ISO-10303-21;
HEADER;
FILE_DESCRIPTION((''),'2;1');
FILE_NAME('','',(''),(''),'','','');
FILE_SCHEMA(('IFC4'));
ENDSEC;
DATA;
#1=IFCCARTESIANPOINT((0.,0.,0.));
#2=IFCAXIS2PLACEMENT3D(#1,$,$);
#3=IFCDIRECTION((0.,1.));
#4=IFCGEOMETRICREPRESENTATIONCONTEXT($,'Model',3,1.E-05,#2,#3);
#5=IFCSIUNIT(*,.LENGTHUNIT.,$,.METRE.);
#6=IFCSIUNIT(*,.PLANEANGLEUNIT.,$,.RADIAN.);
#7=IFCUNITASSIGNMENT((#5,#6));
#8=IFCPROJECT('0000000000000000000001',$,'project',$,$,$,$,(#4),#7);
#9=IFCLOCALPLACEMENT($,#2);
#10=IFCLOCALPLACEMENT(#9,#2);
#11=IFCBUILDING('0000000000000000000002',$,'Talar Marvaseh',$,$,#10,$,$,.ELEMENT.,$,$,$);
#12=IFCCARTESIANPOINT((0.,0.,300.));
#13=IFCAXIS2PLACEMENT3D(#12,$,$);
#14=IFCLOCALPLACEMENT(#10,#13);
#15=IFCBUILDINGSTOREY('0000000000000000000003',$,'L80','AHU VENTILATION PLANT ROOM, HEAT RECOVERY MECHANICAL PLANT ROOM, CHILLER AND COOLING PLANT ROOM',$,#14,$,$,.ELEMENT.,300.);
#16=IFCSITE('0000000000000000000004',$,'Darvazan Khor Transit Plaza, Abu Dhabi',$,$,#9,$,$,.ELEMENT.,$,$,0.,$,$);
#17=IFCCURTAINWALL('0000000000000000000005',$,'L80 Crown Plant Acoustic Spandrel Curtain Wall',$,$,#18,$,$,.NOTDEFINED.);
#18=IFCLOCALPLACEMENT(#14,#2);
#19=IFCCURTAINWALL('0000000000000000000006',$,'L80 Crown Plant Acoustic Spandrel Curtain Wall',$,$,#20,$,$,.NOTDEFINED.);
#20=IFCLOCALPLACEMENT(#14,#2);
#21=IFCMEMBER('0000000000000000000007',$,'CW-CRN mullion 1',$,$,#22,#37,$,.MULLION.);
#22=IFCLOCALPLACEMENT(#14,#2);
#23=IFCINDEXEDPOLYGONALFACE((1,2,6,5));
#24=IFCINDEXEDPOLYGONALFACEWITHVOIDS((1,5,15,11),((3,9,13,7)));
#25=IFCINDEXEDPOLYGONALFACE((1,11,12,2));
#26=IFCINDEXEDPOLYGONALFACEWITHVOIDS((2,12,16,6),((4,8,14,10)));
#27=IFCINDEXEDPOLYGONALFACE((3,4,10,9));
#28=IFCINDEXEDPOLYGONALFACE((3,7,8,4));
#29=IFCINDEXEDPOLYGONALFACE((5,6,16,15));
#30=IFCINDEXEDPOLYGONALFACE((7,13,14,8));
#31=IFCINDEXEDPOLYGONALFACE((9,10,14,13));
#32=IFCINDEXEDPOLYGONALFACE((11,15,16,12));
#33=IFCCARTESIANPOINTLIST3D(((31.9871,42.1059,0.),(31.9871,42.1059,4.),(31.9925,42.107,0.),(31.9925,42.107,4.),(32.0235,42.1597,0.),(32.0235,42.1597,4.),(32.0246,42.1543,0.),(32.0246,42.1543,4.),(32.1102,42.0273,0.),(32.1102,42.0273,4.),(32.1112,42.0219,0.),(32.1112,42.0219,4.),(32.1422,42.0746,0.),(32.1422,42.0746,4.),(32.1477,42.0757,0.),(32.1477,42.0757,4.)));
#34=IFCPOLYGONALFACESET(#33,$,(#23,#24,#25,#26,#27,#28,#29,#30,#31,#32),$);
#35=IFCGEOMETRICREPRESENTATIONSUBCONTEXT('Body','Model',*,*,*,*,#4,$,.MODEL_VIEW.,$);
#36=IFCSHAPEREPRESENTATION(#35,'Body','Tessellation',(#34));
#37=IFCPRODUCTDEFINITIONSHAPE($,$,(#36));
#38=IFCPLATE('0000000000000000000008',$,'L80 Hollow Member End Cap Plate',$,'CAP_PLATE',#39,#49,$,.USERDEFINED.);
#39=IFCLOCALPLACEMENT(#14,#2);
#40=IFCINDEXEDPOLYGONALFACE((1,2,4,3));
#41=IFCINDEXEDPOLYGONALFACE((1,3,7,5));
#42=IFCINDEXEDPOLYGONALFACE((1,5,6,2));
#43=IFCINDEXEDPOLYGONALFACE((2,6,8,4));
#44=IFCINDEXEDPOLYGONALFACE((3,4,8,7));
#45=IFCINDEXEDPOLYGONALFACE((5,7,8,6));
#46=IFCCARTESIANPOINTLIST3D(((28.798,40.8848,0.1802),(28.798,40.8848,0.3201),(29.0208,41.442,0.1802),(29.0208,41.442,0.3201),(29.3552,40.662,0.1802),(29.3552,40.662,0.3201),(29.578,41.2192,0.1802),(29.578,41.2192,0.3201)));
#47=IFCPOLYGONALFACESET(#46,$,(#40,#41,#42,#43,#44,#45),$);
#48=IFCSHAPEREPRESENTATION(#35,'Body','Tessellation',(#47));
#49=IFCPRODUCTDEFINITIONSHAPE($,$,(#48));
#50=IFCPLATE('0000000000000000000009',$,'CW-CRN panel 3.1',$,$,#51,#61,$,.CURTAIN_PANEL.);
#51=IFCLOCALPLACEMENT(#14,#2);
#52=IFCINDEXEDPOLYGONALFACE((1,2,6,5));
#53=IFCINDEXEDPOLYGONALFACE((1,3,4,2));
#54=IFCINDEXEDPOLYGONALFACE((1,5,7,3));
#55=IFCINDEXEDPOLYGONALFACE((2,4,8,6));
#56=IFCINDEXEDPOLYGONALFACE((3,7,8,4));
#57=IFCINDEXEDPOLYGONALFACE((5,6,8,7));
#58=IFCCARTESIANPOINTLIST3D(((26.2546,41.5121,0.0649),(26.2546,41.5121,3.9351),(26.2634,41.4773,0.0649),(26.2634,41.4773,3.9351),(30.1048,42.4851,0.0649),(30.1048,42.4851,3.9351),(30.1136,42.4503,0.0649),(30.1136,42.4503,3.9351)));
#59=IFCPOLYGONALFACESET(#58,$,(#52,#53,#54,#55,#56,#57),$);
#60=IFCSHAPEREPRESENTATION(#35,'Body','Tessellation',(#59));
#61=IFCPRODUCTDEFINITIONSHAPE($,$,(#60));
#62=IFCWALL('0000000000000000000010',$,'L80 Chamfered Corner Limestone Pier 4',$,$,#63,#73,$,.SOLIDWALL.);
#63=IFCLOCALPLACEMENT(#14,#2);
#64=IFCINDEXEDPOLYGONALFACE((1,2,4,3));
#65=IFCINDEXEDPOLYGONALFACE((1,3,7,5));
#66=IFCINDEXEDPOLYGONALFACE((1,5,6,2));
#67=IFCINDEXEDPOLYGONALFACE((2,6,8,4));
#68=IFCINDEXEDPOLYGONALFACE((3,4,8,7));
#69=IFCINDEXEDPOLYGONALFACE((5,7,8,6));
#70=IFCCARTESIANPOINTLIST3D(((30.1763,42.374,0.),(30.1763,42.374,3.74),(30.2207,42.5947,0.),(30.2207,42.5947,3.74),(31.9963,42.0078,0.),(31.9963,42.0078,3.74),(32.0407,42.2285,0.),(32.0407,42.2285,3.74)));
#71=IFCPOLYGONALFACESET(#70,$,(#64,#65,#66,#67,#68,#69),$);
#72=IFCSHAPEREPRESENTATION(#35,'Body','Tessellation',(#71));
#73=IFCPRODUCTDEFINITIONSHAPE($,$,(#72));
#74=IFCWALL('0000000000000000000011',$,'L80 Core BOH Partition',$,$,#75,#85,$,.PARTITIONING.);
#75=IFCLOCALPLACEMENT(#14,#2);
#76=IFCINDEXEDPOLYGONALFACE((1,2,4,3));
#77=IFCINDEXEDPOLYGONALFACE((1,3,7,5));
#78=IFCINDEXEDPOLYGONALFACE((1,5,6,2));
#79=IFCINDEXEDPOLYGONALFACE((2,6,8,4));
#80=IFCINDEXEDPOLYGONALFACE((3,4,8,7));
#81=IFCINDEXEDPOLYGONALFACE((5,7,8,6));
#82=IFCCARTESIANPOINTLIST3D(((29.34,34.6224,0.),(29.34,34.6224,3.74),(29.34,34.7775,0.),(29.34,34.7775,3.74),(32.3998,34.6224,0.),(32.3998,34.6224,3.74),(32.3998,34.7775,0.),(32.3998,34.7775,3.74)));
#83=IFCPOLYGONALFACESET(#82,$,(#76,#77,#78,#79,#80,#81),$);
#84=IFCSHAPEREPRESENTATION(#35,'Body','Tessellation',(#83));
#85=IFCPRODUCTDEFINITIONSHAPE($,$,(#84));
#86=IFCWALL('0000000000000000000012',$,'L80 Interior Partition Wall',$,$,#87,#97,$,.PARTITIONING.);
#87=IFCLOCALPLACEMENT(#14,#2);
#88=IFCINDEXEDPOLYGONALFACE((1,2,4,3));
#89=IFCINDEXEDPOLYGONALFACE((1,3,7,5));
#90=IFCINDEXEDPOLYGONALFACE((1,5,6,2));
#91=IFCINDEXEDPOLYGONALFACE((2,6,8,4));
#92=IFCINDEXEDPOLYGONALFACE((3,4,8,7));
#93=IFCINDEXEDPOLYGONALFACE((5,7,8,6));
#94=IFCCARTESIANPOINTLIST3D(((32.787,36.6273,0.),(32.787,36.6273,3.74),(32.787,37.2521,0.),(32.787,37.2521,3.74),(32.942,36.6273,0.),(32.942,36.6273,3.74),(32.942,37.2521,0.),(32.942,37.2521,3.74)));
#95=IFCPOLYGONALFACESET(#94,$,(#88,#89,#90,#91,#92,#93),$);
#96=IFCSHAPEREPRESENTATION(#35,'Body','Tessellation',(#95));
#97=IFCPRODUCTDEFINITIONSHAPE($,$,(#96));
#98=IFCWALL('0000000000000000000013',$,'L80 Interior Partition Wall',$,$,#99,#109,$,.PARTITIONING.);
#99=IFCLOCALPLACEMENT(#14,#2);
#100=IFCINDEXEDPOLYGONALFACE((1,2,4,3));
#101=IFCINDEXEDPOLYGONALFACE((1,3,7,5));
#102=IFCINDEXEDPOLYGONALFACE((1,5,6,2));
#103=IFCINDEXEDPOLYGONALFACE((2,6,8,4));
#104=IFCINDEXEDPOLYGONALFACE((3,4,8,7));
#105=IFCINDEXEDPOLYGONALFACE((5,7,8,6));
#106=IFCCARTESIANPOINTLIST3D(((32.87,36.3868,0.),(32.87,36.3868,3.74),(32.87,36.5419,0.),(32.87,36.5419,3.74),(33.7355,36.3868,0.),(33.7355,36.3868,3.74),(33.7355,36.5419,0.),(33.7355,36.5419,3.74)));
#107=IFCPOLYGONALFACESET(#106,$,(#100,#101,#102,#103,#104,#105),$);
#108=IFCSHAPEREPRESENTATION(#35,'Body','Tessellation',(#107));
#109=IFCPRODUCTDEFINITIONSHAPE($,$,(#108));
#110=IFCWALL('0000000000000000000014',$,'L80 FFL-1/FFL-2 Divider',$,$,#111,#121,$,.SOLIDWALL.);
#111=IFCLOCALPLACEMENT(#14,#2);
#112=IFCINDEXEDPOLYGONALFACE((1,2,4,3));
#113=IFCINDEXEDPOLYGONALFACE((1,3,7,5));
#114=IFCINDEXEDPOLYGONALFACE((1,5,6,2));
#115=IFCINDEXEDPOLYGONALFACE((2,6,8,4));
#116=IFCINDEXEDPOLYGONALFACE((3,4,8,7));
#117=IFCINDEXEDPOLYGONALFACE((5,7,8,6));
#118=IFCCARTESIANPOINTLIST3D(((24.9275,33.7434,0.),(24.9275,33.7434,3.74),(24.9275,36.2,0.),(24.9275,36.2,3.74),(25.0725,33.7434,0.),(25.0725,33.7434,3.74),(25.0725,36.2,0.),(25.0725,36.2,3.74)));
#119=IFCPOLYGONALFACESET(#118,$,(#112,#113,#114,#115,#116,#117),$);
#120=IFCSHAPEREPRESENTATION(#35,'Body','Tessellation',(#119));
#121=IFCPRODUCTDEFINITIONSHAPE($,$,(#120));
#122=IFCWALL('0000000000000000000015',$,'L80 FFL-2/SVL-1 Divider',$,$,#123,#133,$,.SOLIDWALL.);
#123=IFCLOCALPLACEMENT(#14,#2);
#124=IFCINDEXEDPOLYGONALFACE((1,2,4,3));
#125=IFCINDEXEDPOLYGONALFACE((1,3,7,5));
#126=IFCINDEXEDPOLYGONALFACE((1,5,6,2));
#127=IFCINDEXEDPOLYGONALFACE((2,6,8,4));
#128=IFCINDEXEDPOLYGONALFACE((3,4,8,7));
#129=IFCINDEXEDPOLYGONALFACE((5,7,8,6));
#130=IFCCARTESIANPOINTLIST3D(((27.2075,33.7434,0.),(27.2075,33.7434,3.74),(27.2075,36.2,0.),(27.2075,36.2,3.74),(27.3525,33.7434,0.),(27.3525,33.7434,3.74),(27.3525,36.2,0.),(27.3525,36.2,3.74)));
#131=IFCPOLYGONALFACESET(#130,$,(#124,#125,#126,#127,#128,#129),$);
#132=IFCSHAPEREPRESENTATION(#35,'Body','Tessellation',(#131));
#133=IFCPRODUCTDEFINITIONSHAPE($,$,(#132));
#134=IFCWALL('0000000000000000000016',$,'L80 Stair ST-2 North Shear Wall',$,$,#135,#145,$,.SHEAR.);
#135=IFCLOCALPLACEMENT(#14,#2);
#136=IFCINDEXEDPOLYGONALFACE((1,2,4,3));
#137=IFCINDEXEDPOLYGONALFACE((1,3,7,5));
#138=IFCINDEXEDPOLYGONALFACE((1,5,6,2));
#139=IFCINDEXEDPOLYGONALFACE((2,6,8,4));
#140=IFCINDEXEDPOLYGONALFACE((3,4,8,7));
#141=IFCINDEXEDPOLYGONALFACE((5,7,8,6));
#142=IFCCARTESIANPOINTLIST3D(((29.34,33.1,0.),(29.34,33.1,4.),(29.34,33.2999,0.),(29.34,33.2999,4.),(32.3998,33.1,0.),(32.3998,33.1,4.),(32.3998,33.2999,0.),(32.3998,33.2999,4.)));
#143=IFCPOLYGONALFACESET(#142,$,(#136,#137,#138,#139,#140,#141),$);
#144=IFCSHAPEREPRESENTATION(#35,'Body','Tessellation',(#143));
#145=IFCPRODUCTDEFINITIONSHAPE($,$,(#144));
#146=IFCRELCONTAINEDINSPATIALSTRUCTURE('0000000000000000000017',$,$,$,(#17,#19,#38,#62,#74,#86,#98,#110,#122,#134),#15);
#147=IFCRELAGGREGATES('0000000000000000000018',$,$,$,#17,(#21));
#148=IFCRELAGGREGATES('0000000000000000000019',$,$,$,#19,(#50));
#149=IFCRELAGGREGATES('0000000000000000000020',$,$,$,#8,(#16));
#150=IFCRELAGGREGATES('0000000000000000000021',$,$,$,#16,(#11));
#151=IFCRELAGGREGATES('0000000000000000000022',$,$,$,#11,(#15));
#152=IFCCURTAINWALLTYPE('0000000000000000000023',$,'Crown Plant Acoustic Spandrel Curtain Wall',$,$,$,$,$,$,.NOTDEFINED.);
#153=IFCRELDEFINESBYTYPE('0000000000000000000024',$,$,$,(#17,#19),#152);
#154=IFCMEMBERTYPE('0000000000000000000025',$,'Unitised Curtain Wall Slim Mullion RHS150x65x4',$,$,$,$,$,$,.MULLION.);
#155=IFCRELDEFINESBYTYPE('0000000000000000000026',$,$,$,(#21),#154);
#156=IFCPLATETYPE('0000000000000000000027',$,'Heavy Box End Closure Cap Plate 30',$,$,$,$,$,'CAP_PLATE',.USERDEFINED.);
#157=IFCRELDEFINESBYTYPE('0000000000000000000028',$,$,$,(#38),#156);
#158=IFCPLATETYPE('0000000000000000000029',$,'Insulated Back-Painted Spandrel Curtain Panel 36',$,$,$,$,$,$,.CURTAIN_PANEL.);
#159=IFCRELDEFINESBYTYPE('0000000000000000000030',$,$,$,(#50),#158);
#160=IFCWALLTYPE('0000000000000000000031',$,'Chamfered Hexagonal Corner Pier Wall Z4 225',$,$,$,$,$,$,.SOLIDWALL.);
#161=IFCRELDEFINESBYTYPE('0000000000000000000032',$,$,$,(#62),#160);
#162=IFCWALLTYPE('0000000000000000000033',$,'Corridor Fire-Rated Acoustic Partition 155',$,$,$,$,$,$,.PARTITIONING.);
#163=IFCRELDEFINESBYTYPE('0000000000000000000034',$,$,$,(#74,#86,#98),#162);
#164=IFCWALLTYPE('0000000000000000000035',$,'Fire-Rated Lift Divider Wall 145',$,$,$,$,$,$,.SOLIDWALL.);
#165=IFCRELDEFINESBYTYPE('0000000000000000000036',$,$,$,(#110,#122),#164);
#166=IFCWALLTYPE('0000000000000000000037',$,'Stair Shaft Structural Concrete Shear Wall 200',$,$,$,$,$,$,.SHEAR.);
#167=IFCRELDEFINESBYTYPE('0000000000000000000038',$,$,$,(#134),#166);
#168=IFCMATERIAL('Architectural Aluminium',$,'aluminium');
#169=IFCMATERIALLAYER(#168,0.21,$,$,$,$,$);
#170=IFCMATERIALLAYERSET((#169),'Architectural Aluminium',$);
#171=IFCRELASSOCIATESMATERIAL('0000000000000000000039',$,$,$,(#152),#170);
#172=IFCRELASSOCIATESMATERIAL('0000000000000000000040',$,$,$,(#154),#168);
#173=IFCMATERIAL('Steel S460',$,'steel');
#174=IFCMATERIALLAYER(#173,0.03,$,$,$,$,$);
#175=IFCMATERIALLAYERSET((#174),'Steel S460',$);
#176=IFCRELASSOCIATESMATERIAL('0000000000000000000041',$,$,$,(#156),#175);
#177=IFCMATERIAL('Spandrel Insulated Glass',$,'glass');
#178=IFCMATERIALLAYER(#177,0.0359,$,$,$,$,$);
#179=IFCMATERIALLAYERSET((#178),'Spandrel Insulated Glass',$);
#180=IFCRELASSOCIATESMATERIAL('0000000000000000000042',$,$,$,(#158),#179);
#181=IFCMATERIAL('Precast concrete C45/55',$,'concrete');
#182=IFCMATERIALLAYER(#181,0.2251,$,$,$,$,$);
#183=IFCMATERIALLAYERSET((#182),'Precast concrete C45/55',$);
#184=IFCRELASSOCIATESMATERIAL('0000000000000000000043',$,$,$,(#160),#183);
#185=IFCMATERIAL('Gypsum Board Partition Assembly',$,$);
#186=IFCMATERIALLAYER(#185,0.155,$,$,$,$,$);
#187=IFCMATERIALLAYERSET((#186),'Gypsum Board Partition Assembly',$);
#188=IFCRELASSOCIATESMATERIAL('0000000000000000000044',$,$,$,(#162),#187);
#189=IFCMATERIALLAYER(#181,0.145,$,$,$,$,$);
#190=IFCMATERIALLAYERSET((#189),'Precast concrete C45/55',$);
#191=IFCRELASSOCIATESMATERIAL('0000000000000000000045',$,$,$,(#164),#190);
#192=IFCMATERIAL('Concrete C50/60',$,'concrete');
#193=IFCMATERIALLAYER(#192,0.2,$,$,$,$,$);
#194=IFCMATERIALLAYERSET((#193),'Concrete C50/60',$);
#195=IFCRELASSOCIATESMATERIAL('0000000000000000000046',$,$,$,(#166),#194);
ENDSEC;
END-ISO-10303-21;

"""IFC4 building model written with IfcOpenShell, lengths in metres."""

from ifc_helpers import new_model, si_unit, direction, frame, frame_2d, origin, origin_2d, place, context, subcontext, project, spatial, rectangle, hollow_rectangle, extrude, source, transform, mapped, material, layer, layer_set, material_profile, profile_set, type_object, type_shapes, element, aggregate, save


model = new_model("IFC4")

# Units and contexts
model_context = context("Model", 3, precision=1e-05, world=origin(), true_north=direction((0.0, 1.0)))
body_context = subcontext(model_context, "Body", "Model", "MODEL_VIEW")
ifc_project = project(units=[si_unit("LENGTHUNIT", "METRE"), si_unit("PLANEANGLEUNIT", "RADIAN")], contexts=[model_context])

# Site, building, storey
site_placement = place(None, origin())
site = spatial("IfcSite", under=ifc_project, at=site_placement, Name="Darvazan Khor Transit Plaza, Abu Dhabi", CompositionType="ELEMENT", RefElevation=0.0)
building_placement = place(site_placement, origin())
building = spatial("IfcBuilding", under=site, at=building_placement, Name="Talar Marvaseh", CompositionType="ELEMENT")
storey_placement = place(building_placement, frame((0.0, 0.0, 300.0)))
storey = spatial("IfcBuildingStorey", under=building, at=storey_placement, Name="L80", Description="AHU VENTILATION PLANT ROOM, HEAT RECOVERY MECHANICAL PLANT ROOM, CHILLER AND COOLING PLANT ROOM", CompositionType="ELEMENT", Elevation=300.0)

# Shared definitions
ifc_material_1 = material(Name="Steel S460", Category="steel")
ifc_material_2 = material(Name="Concrete C50/60", Category="concrete")

# Curtain walls
ifc_material_3 = material(Name="Architectural Aluminium", Category="aluminium")
ifc_layer_1 = layer(ifc_material_3, 0.21)
ifc_layer_set_1 = layer_set([ifc_layer_1], Name="Architectural Aluminium")
curtain_wall_type = type_object("IfcCurtainWallType", Name="Crown Plant Acoustic Spandrel Curtain Wall", PredefinedType="NOTDEFINED", material=ifc_layer_set_1)
curtain_wall_1_placement = place(storey_placement, origin())
curtain_wall_1 = element("IfcCurtainWall", 1, at=curtain_wall_1_placement, inside=storey, type_object=curtain_wall_type, Name="L80 Crown Plant Acoustic Spandrel Curtain Wall", PredefinedType="NOTDEFINED")
curtain_wall_2_placement = place(storey_placement, origin())
curtain_wall_2 = element("IfcCurtainWall", 2, at=curtain_wall_2_placement, inside=storey, type_object=curtain_wall_type, Name="L80 Crown Plant Acoustic Spandrel Curtain Wall", PredefinedType="NOTDEFINED")
ifc_material_profile_1 = material_profile(ifc_material_3, hollow_rectangle(XDim=0.0649, YDim=0.1499, WallThickness=0.0039, at=origin_2d()), Name="RHS150x65x4")
ifc_profile_set_1 = profile_set([ifc_material_profile_1], Name="Architectural Aluminium")
member_type_1 = type_object("IfcMemberType", Name="Unitised Curtain Wall Slim Mullion RHS150x65x4", PredefinedType="MULLION", material=ifc_profile_set_1)
shared_shape_1 = source(origin(), body_context, "Body", "SweptSolid", [
    extrude(hollow_rectangle(XDim=0.0649, YDim=0.1499, WallThickness=0.0039, at=origin_2d()), origin(), (0.0, 0.0, 1.0), 4.0),
])
type_shapes(member_type_1, [shared_shape_1])

# Member
member_1_placement = place(storey_placement, frame((32.0674, 42.0908, 0.0), z_axis=(0.0, 0.0, 1.0), x_axis=(0.560583, 0.828098, 0.0)))
member_1 = element("IfcMember", 3, at=member_1_placement, type_object=member_type_1, Name="CW-CRN mullion 1", PredefinedType="MULLION", context=body_context, shape_type="MappedRepresentation", body=[
    mapped(shared_shape_1, transform((0.0, 0.0, 0.0), x_axis=(1.0, 0.0, 0.0), y_axis=(0.0, 1.0, 0.0), z_axis=(0.0, 0.0, 1.0), scale=1.0)),
])
aggregate(curtain_wall_1, [member_1])

# Plates
ifc_layer_2 = layer(ifc_material_1, 0.03)
ifc_layer_set_2 = layer_set([ifc_layer_2], Name="Steel S460")
plate_type_1 = type_object("IfcPlateType", Name="Heavy Box End Closure Cap Plate 30", ElementType="CAP_PLATE", PredefinedType="USERDEFINED", material=ifc_layer_set_2)
shared_shape_2 = source(origin(), body_context, "Body", "SweptSolid", [
    extrude(rectangle(XDim=0.6001, YDim=0.6001, at=origin_2d()), origin(), (0.0, 0.0, 1.0), 0.1399),
])
type_shapes(plate_type_1, [shared_shape_2])
plate_1_placement = place(storey_placement, frame((29.188, 41.052, 0.1802), z_axis=(0.0, 0.0, 1.0), x_axis=(0.928486, -0.371368, 0.0)))
element("IfcPlate", 4, at=plate_1_placement, inside=storey, type_object=plate_type_1, Name="L80 Hollow Member End Cap Plate", ObjectType="CAP_PLATE", PredefinedType="USERDEFINED", context=body_context, shape_type="MappedRepresentation", body=[
    mapped(shared_shape_2, transform((0.0, 0.0, 0.0), x_axis=(1.0, 0.0, 0.0), y_axis=(0.0, 1.0, 0.0), z_axis=(0.0, 0.0, 1.0), scale=1.0)),
])
ifc_material_4 = material(Name="Spandrel Insulated Glass", Category="glass")
ifc_layer_3 = layer(ifc_material_4, 0.0359)
ifc_layer_set_3 = layer_set([ifc_layer_3], Name="Spandrel Insulated Glass")
plate_type_2 = type_object("IfcPlateType", Name="Insulated Back-Painted Spandrel Curtain Panel 36", PredefinedType="CURTAIN_PANEL", material=ifc_layer_set_3)
shared_shape_3 = source(origin(), body_context, "Body", "SweptSolid", [
    extrude(rectangle(XDim=3.9712, YDim=0.0359, at=origin_2d()), origin(), (0.0, 0.0, 1.0), 3.8701),
])
type_shapes(plate_type_2, [shared_shape_3])
plate_2_placement = place(storey_placement, frame((28.1841, 41.9812, 0.0649), z_axis=(0.0, 0.0, 1.0), x_axis=(0.969523, 0.245002, 0.0)))
plate_2 = element("IfcPlate", 5, at=plate_2_placement, type_object=plate_type_2, Name="CW-CRN panel 3.1", PredefinedType="CURTAIN_PANEL", context=body_context, shape_type="MappedRepresentation", body=[
    mapped(shared_shape_3, transform((0.0, 0.0, 0.0), x_axis=(1.0, 0.0, 0.0), y_axis=(0.0, 1.0, 0.0), z_axis=(0.0, 0.0, 1.0), scale=1.0)),
])
aggregate(curtain_wall_2, [plate_2])

# Walls
ifc_material_5 = material(Name="Precast concrete C45/55", Category="concrete")
ifc_layer_4 = layer(ifc_material_5, 0.2251)
ifc_layer_set_4 = layer_set([ifc_layer_4], Name="Precast concrete C45/55")
wall_type_1 = type_object("IfcWallType", Name="Chamfered Hexagonal Corner Pier Wall Z4 225", PredefinedType="SOLIDWALL", material=ifc_layer_set_4)
wall_1_placement = place(storey_placement, frame((30.1985, 42.4844, 0.0), z_axis=(0.0, 0.0, 1.0), x_axis=(0.980352, -0.197254, 0.0)))
element("IfcWall", 6, at=wall_1_placement, inside=storey, type_object=wall_type_1, Name="L80 Chamfered Corner Limestone Pier 4", PredefinedType="SOLIDWALL", context=body_context, shape_type="SweptSolid", body=[
    extrude(rectangle(XDim=1.8564, YDim=0.2251, at=frame_2d((0.9282, 0.0))), origin(), (0.0, 0.0, 1.0), 3.74),
])
ifc_material_6 = material(Name="Gypsum Board Partition Assembly")
ifc_layer_5 = layer(ifc_material_6, 0.155)
ifc_layer_set_5 = layer_set([ifc_layer_5], Name="Gypsum Board Partition Assembly")
wall_type_2 = type_object("IfcWallType", Name="Corridor Fire-Rated Acoustic Partition 155", PredefinedType="PARTITIONING", material=ifc_layer_set_5)
wall_2_placement = place(storey_placement, frame((29.3401, 34.7, 0.0), z_axis=(0.0, 0.0, 1.0), x_axis=(1.0, 0.0, 0.0)))
element("IfcWall", 7, at=wall_2_placement, inside=storey, type_object=wall_type_2, Name="L80 Core BOH Partition", PredefinedType="PARTITIONING", context=body_context, shape_type="SweptSolid", body=[
    extrude(rectangle(XDim=3.0598, YDim=0.155, at=frame_2d((1.5298, 0.0))), origin(), (0.0, 0.0, 1.0), 3.74),
])
wall_3_placement = place(storey_placement, frame((32.8645, 37.2522, 0.0), z_axis=(0.0, 0.0, 1.0), x_axis=(0.0, -1.0, 0.0)))
element("IfcWall", 8, at=wall_3_placement, inside=storey, type_object=wall_type_2, Name="L80 Interior Partition Wall", PredefinedType="PARTITIONING", context=body_context, shape_type="SweptSolid", body=[
    extrude(rectangle(XDim=0.6248, YDim=0.155, at=frame_2d((0.3125, 0.0))), origin(), (0.0, 0.0, 1.0), 3.74),
])
wall_4_placement = place(storey_placement, frame((32.8701, 36.4644, 0.0), z_axis=(0.0, 0.0, 1.0), x_axis=(1.0, 0.0, 0.0)))
element("IfcWall", 9, at=wall_4_placement, inside=storey, type_object=wall_type_2, Name="L80 Interior Partition Wall", PredefinedType="PARTITIONING", context=body_context, shape_type="SweptSolid", body=[
    extrude(rectangle(XDim=0.8655, YDim=0.155, at=frame_2d((0.4326, 0.0))), origin(), (0.0, 0.0, 1.0), 3.74),
])
ifc_layer_6 = layer(ifc_material_5, 0.145)
ifc_layer_set_6 = layer_set([ifc_layer_6], Name="Precast concrete C45/55")
wall_type_3 = type_object("IfcWallType", Name="Fire-Rated Lift Divider Wall 145", PredefinedType="SOLIDWALL", material=ifc_layer_set_6)
for number, where, z_axis, x_axis, name in (
    (10, (25.0, 33.7434, 0.0), (0.0, 0.0, 1.0), (0.0, 1.0, 0.0), "L80 FFL-1/FFL-2 Divider"),
    (11, (27.28, 33.7434, 0.0), (0.0, 0.0, 1.0), (0.0, 1.0, 0.0), "L80 FFL-2/SVL-1 Divider"),
):
    element("IfcWall", number, at=place(storey_placement, frame(where, z_axis=z_axis, x_axis=x_axis)), inside=storey, type_object=wall_type_3, Name=name, PredefinedType="SOLIDWALL", context=body_context, shape_type="SweptSolid", body=[
        extrude(rectangle(XDim=2.4565, YDim=0.145, at=frame_2d((1.2283, 0.0))), origin(), (0.0, 0.0, 1.0), 3.74),
    ])
ifc_layer_7 = layer(ifc_material_2, 0.2)
ifc_layer_set_7 = layer_set([ifc_layer_7], Name="Concrete C50/60")
wall_type_4 = type_object("IfcWallType", Name="Stair Shaft Structural Concrete Shear Wall 200", PredefinedType="SHEAR", material=ifc_layer_set_7)
wall_5_placement = place(storey_placement, frame((29.3401, 33.2, 0.0), z_axis=(0.0, 0.0, 1.0), x_axis=(1.0, 0.0, 0.0)))
element("IfcWall", 12, at=wall_5_placement, inside=storey, type_object=wall_type_4, Name="L80 Stair ST-2 North Shear Wall", PredefinedType="SHEAR", context=body_context, shape_type="SweptSolid", body=[
    extrude(rectangle(XDim=3.0598, YDim=0.2, at=frame_2d((1.5298, 0.0))), origin(), (0.0, 0.0, 1.0), 4.0),
])

save(model, "model.ifc")
